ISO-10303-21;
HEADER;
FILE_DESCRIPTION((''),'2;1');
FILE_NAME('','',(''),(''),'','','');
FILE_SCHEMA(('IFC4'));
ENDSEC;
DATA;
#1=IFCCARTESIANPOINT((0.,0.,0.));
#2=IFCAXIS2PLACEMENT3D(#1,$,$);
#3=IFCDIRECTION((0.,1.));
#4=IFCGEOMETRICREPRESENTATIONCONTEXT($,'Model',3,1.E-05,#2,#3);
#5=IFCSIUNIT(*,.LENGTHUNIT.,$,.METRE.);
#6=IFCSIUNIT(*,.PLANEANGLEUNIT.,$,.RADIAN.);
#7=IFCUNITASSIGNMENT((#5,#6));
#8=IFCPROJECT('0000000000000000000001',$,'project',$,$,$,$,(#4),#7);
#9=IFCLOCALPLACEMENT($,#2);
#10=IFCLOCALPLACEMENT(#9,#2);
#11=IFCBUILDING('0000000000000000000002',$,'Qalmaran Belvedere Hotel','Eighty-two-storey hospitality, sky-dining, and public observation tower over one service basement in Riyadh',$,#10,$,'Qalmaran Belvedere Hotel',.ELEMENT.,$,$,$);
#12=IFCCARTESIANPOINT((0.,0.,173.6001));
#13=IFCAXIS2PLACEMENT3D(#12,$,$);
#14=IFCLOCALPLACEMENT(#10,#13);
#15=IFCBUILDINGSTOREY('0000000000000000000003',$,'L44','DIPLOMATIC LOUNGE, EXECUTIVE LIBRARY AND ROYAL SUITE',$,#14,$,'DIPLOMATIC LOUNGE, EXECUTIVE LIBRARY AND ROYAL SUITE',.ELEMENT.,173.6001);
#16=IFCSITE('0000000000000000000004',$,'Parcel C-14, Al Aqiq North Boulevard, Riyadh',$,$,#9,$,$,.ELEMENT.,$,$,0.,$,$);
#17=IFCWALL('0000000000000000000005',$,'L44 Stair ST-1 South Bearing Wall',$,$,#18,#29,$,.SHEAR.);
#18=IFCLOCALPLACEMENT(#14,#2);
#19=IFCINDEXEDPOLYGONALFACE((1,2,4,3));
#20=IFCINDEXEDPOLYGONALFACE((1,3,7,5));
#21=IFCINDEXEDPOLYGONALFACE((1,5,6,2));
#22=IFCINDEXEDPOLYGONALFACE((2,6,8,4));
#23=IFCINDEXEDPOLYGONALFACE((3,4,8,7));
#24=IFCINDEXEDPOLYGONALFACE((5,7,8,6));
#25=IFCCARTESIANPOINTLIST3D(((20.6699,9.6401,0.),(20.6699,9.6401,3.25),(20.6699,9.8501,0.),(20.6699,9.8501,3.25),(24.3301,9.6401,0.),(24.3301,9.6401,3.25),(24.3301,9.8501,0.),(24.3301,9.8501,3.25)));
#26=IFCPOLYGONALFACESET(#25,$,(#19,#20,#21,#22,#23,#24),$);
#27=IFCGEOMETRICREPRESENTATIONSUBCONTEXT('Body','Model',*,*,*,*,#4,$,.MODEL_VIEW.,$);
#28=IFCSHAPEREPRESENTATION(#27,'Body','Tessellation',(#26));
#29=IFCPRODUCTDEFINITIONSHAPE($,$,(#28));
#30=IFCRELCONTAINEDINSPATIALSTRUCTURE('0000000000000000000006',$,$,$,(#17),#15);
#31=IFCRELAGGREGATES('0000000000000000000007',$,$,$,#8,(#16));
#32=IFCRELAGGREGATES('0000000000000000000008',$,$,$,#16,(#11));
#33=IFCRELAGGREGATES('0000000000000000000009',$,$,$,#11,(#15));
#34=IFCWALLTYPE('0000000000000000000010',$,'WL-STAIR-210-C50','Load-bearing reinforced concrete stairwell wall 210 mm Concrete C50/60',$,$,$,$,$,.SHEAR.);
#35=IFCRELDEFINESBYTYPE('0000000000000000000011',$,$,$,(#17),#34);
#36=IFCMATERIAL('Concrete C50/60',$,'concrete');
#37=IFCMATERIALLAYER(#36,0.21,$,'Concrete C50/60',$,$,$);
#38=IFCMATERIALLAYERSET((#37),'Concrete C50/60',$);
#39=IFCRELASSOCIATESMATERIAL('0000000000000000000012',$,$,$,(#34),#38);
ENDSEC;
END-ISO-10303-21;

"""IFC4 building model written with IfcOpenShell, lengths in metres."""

from ifc_helpers import new_model, si_unit, direction, frame, frame_2d, origin, place, context, subcontext, project, spatial, rectangle, extrude, material, layer, layer_set, type_object, element, save


model = new_model("IFC4")

# Units and contexts
model_context = context("Model", 3, precision=1e-05, world=origin(), true_north=direction((0.0, 1.0)))
body_context = subcontext(model_context, "Body", "Model", "MODEL_VIEW")
ifc_project = project(units=[si_unit("LENGTHUNIT", "METRE"), si_unit("PLANEANGLEUNIT", "RADIAN")], contexts=[model_context])

# Site, building, storey
site_placement = place(None, origin())
site = spatial("IfcSite", under=ifc_project, at=site_placement, Name="Parcel C-14, Al Aqiq North Boulevard, Riyadh", CompositionType="ELEMENT", RefElevation=0.0)
building_placement = place(site_placement, origin())
building = spatial("IfcBuilding", under=site, at=building_placement, Name="Qalmaran Belvedere Hotel", Description="Eighty-two-storey hospitality, sky-dining, and public observation tower over one service basement in Riyadh", LongName="Qalmaran Belvedere Hotel", CompositionType="ELEMENT")
storey_placement = place(building_placement, frame((0.0, 0.0, 173.6001)))
storey = spatial("IfcBuildingStorey", under=building, at=storey_placement, Name="L44", Description="DIPLOMATIC LOUNGE, EXECUTIVE LIBRARY AND ROYAL SUITE", LongName="DIPLOMATIC LOUNGE, EXECUTIVE LIBRARY AND ROYAL SUITE", CompositionType="ELEMENT", Elevation=173.6001)

# Shared definitions
ifc_material_1 = material(Name="Concrete C50/60", Category="concrete")

# Wall
ifc_layer_1 = layer(ifc_material_1, 0.21, Name="Concrete C50/60")
ifc_layer_set_1 = layer_set([ifc_layer_1], Name="Concrete C50/60")
wall_type_1 = type_object("IfcWallType", Name="WL-STAIR-210-C50", Description="Load-bearing reinforced concrete stairwell wall 210 mm Concrete C50/60", PredefinedType="SHEAR", material=ifc_layer_set_1)
wall_1_placement = place(storey_placement, frame((20.6699, 9.7451, 0.0), z_axis=(0.0, 0.0, 1.0), x_axis=(1.0, 0.0, 0.0)))
element("IfcWall", 1, at=wall_1_placement, inside=storey, type_object=wall_type_1, Name="L44 Stair ST-1 South Bearing Wall", PredefinedType="SHEAR", context=body_context, shape_type="SweptSolid", body=[
    extrude(rectangle(XDim=3.6602, YDim=0.21, at=frame_2d((1.8301, 0.0))), origin(), (0.0, 0.0, 1.0), 3.25),
])

save(model, "model.ifc")
